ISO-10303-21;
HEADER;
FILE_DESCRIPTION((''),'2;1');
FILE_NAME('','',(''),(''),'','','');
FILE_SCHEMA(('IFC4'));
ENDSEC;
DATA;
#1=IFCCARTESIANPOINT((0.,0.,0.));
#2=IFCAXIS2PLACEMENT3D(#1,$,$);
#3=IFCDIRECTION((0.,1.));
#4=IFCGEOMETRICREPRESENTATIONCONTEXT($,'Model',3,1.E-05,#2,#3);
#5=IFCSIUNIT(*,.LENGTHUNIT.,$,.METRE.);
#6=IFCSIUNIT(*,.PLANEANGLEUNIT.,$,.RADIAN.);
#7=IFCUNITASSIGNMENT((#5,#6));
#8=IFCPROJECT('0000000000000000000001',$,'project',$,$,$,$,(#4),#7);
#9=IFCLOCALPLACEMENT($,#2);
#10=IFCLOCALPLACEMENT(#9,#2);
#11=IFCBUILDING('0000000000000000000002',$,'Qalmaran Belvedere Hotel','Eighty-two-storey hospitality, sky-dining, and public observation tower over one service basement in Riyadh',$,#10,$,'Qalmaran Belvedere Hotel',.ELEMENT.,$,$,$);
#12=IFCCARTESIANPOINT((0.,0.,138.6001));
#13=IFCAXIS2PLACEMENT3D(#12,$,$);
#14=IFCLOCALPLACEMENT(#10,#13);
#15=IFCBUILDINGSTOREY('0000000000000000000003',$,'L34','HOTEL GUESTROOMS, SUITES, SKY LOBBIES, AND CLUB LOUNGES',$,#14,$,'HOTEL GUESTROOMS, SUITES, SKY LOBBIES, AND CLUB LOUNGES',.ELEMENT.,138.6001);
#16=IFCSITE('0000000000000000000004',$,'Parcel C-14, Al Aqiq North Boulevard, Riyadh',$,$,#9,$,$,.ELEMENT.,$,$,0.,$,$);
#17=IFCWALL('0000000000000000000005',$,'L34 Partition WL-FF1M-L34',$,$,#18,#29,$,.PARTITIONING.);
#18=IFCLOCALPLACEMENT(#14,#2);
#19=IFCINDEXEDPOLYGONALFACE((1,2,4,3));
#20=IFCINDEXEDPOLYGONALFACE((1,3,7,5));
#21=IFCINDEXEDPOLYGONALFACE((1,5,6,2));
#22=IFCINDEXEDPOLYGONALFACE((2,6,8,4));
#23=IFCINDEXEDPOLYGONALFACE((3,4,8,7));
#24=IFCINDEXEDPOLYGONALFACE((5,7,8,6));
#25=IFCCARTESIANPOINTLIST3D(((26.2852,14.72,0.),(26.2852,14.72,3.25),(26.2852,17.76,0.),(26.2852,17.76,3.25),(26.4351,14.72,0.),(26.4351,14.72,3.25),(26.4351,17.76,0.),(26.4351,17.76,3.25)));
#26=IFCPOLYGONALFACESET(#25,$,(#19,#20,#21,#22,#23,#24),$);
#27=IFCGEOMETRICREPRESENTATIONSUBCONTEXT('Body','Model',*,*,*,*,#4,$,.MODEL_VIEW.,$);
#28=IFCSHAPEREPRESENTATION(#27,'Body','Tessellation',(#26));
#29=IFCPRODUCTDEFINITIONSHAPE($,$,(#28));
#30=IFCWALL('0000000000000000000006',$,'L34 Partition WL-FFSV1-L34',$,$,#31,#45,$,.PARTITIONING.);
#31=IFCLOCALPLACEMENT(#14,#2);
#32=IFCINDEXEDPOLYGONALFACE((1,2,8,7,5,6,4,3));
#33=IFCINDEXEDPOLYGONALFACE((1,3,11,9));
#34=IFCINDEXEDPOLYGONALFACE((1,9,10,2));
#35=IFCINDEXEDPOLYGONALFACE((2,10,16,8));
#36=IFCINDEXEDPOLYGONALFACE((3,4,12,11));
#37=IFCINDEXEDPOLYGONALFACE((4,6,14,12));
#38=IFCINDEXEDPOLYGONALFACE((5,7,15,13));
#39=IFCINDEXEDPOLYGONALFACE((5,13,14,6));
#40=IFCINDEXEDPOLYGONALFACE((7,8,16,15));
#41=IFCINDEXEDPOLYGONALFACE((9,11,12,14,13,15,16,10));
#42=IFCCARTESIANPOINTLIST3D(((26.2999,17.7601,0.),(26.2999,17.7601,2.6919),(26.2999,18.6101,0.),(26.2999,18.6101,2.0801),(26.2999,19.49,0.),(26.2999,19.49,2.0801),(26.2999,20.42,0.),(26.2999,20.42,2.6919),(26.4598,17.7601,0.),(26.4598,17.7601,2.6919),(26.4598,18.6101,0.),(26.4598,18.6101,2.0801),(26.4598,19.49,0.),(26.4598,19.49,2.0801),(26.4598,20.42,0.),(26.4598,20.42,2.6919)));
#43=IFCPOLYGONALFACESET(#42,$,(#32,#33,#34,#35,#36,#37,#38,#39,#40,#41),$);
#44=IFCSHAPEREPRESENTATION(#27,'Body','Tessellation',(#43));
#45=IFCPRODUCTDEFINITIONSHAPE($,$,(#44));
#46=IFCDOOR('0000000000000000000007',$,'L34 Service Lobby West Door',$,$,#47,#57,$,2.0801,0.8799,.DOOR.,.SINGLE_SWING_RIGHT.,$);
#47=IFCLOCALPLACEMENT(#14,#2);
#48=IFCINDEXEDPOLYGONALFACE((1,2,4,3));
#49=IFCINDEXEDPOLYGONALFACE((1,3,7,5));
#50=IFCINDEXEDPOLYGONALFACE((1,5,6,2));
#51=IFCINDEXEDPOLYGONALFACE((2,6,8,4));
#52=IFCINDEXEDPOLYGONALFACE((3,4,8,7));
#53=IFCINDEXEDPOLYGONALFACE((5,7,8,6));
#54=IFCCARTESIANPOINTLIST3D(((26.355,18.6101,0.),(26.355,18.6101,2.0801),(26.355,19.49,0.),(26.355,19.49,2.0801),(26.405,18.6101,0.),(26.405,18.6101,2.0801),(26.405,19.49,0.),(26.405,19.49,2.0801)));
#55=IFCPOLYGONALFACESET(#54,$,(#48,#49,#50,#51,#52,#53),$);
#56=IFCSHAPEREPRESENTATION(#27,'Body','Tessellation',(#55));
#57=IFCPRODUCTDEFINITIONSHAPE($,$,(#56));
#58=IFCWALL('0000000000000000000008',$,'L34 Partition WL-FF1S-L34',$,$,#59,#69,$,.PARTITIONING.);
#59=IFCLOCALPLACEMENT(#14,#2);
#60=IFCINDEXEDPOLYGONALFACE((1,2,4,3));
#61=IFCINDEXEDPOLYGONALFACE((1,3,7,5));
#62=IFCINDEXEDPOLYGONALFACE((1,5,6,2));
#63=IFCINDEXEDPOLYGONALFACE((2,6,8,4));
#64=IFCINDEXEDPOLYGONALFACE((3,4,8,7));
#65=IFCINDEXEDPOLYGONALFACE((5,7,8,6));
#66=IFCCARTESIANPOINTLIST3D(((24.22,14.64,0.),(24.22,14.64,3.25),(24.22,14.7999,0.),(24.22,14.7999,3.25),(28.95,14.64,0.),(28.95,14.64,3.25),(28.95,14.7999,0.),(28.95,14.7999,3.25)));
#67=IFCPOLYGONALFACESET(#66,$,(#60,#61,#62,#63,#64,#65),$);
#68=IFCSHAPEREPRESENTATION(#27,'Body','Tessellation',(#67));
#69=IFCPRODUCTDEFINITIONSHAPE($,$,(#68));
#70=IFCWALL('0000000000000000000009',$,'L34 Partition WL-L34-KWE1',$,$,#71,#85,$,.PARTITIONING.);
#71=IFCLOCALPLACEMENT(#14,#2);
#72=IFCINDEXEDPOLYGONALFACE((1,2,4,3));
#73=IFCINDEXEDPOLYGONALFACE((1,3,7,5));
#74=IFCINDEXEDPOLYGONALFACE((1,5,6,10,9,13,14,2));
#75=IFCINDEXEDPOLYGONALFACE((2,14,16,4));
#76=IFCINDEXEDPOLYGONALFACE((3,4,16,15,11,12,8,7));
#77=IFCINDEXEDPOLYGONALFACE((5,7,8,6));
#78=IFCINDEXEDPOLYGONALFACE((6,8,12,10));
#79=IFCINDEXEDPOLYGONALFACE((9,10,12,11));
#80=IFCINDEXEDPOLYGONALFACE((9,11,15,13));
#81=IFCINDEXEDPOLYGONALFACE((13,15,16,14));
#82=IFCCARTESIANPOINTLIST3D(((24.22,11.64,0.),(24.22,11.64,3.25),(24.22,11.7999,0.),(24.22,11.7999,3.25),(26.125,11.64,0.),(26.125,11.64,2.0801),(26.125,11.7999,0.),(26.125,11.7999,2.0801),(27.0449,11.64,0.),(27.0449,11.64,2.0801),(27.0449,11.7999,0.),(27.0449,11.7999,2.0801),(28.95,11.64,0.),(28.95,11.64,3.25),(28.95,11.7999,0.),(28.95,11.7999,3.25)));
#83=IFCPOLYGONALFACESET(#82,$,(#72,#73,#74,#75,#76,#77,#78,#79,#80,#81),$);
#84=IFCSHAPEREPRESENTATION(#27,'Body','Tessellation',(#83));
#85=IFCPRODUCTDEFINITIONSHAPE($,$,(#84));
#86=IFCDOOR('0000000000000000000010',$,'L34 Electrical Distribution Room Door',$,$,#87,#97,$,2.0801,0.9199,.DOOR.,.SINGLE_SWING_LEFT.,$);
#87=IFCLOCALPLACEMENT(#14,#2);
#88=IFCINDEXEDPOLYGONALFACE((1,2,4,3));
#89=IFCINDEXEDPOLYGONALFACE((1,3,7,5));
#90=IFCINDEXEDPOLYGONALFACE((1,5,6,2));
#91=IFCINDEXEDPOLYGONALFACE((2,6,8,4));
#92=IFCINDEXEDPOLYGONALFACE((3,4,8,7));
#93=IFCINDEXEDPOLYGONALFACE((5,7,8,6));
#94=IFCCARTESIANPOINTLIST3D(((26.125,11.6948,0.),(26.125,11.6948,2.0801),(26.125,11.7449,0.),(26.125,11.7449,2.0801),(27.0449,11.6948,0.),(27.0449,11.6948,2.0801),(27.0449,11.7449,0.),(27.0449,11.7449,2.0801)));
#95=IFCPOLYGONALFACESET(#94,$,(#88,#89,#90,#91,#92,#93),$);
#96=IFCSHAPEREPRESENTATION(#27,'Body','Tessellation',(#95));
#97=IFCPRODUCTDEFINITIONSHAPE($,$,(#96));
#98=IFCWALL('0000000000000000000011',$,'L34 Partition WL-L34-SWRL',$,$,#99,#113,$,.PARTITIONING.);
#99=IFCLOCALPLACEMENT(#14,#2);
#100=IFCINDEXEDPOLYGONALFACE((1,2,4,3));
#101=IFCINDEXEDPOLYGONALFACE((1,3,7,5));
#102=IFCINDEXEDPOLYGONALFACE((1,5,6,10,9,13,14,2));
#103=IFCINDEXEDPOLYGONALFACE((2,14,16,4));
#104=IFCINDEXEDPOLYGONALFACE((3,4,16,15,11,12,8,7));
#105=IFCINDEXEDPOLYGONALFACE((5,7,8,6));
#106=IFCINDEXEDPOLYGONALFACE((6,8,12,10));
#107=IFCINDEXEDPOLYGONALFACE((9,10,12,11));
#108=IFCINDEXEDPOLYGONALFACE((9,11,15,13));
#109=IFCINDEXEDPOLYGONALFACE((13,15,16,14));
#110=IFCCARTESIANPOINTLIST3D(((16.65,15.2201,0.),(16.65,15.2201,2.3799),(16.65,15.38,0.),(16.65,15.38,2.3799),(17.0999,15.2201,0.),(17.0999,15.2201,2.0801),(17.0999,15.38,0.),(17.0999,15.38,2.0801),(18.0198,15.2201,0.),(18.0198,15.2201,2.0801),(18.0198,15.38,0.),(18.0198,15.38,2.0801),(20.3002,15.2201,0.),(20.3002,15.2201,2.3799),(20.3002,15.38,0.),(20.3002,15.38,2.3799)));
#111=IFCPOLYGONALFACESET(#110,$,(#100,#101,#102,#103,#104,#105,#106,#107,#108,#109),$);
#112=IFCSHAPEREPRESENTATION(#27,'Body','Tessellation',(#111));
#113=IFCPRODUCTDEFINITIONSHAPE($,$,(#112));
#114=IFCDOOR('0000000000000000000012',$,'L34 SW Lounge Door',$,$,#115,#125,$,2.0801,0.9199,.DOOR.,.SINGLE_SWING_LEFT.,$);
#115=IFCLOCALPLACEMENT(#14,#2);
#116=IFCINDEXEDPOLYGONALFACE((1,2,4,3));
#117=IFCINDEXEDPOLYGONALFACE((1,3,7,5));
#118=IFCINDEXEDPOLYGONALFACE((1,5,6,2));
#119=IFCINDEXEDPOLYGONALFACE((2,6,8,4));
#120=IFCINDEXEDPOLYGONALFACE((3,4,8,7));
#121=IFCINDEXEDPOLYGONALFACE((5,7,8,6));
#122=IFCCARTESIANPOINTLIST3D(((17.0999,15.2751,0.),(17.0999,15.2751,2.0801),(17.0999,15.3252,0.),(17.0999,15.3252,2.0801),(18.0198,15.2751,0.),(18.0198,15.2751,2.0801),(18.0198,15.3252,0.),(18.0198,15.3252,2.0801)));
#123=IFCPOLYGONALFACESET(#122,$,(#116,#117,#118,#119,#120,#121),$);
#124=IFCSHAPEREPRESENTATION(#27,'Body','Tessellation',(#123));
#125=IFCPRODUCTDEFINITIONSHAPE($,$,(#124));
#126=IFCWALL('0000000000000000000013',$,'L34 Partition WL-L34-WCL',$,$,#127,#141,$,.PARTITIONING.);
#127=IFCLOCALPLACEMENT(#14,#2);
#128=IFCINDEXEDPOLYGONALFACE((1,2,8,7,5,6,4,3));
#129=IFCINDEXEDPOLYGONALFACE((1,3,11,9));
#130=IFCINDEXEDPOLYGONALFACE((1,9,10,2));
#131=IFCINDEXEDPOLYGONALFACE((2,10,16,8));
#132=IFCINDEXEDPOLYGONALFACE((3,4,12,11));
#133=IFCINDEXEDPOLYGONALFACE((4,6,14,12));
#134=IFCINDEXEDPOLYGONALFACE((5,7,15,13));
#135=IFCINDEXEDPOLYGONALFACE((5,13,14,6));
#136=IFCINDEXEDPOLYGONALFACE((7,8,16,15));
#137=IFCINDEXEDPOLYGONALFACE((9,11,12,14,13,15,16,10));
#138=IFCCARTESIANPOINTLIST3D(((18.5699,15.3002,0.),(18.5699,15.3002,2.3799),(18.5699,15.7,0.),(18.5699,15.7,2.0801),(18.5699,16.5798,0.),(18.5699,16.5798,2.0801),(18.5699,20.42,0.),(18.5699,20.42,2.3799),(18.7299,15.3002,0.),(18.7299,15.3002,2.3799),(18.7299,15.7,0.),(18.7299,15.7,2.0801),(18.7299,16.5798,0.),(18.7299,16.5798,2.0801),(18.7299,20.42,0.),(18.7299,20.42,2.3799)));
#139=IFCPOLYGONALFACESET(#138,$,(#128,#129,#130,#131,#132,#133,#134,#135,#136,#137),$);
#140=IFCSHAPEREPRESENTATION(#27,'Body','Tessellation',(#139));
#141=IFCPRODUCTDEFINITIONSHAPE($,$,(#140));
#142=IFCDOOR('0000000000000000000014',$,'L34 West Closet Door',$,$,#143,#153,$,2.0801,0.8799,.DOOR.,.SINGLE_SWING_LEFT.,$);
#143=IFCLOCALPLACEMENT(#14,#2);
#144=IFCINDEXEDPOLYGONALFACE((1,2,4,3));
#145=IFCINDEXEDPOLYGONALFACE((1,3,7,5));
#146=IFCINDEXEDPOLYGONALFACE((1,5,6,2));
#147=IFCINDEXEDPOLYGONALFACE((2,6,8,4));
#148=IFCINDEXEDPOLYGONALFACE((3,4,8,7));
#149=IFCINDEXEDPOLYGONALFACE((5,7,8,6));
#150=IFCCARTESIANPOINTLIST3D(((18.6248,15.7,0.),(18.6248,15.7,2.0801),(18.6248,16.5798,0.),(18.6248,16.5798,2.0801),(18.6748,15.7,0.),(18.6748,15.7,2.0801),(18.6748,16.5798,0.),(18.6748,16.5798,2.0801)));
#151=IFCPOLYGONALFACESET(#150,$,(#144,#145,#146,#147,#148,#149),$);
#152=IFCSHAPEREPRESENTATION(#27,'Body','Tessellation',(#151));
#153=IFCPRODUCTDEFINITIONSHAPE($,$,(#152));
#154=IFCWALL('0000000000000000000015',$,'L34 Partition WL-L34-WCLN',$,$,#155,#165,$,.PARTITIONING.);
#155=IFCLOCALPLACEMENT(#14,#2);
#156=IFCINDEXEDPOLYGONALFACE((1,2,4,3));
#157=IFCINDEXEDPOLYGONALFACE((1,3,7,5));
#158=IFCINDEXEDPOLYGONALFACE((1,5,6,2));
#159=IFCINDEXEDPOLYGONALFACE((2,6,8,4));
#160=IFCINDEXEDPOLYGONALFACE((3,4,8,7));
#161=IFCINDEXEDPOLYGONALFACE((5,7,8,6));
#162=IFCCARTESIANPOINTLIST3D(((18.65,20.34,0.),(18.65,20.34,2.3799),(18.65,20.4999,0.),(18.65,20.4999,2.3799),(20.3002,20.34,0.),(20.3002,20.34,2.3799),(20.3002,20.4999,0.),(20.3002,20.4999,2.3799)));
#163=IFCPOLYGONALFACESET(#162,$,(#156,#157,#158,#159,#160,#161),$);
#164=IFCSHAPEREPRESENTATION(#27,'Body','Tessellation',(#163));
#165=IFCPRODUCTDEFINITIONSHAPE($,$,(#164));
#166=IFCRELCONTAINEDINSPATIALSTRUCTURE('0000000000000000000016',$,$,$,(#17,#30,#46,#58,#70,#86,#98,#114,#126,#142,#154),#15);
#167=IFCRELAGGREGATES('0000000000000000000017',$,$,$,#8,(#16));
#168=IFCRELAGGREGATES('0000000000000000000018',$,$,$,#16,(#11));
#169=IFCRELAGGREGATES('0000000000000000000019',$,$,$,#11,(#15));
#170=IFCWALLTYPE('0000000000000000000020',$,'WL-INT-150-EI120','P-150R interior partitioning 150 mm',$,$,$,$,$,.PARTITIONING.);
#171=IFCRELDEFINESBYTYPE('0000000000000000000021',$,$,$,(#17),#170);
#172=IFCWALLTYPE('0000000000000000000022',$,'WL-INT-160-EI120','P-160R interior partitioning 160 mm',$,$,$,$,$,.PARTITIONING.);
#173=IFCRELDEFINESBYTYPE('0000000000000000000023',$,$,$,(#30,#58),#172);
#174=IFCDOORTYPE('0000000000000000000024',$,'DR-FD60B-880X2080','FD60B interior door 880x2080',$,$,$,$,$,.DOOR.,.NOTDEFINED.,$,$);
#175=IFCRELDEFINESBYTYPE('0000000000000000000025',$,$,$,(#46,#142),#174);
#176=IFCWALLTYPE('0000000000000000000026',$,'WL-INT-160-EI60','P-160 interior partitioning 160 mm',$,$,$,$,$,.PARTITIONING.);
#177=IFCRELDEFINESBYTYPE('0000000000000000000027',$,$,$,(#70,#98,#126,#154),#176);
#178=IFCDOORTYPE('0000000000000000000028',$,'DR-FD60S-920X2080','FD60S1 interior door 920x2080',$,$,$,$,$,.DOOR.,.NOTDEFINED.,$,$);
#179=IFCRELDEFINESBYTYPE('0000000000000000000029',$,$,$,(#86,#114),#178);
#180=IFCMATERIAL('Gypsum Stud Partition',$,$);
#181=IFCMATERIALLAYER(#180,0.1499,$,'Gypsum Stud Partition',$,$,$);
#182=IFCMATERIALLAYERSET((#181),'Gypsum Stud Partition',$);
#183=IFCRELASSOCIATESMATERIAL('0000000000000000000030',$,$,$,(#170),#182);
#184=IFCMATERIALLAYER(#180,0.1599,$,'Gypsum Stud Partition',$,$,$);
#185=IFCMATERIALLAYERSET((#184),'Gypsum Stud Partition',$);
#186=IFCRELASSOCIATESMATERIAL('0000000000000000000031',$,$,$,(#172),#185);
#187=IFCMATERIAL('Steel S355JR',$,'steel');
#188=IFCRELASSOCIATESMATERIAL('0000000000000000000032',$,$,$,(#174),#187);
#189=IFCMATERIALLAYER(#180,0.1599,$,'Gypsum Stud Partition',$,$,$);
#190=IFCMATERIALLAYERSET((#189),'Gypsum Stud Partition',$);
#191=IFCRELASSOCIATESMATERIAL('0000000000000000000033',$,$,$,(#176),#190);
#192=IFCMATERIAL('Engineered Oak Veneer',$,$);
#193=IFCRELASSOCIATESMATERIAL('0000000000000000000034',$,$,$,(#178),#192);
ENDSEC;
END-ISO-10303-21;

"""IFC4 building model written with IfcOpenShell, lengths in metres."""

from ifc_helpers import new_model, si_unit, direction, frame, frame_2d, origin, place, context, subcontext, project, spatial, rectangle, extrude, material, layer, layer_set, type_object, element, fill, save


model = new_model("IFC4")

# Units and contexts
model_context = context("Model", 3, precision=1e-05, world=origin(), true_north=direction((0.0, 1.0)))
body_context = subcontext(model_context, "Body", "Model", "MODEL_VIEW")
ifc_project = project(units=[si_unit("LENGTHUNIT", "METRE"), si_unit("PLANEANGLEUNIT", "RADIAN")], contexts=[model_context])

# Site, building, storey
site_placement = place(None, origin())
site = spatial("IfcSite", under=ifc_project, at=site_placement, Name="Parcel C-14, Al Aqiq North Boulevard, Riyadh", CompositionType="ELEMENT", RefElevation=0.0)
building_placement = place(site_placement, origin())
building = spatial("IfcBuilding", under=site, at=building_placement, Name="Qalmaran Belvedere Hotel", Description="Eighty-two-storey hospitality, sky-dining, and public observation tower over one service basement in Riyadh", LongName="Qalmaran Belvedere Hotel", CompositionType="ELEMENT")
storey_placement = place(building_placement, frame((0.0, 0.0, 138.6001)))
storey = spatial("IfcBuildingStorey", under=building, at=storey_placement, Name="L34", Description="HOTEL GUESTROOMS, SUITES, SKY LOBBIES, AND CLUB LOUNGES", LongName="HOTEL GUESTROOMS, SUITES, SKY LOBBIES, AND CLUB LOUNGES", CompositionType="ELEMENT", Elevation=138.6001)

# Wall
ifc_material_1 = material(Name="Gypsum Stud Partition")
ifc_layer_1 = layer(ifc_material_1, 0.1499, Name="Gypsum Stud Partition")
ifc_layer_set_1 = layer_set([ifc_layer_1], Name="Gypsum Stud Partition")
wall_type_1 = type_object("IfcWallType", Name="WL-INT-150-EI120", Description="P-150R interior partitioning 150 mm", PredefinedType="PARTITIONING", material=ifc_layer_set_1)
wall_1_placement = place(storey_placement, frame((26.3601, 14.72, 0.0), z_axis=(0.0, 0.0, 1.0), x_axis=(0.0, 1.0, 0.0)))
element("IfcWall", 1, at=wall_1_placement, inside=storey, type_object=wall_type_1, Name="L34 Partition WL-FF1M-L34", PredefinedType="PARTITIONING", context=body_context, shape_type="SweptSolid", body=[
    extrude(rectangle(XDim=3.04, YDim=0.1499, at=frame_2d((1.52, 0.0))), origin(), (0.0, 0.0, 1.0), 3.25),
])

# Wall, opening, door
ifc_layer_2 = layer(ifc_material_1, 0.1599, Name="Gypsum Stud Partition")
ifc_layer_set_2 = layer_set([ifc_layer_2], Name="Gypsum Stud Partition")
wall_type_2 = type_object("IfcWallType", Name="WL-INT-160-EI120", Description="P-160R interior partitioning 160 mm", PredefinedType="PARTITIONING", material=ifc_layer_set_2)
wall_2_placement = place(storey_placement, frame((26.3799, 17.76, 0.0), z_axis=(0.0, 0.0, 1.0), x_axis=(0.0, 1.0, 0.0)))
wall_2 = element("IfcWall", 2, at=wall_2_placement, inside=storey, type_object=wall_type_2, Name="L34 Partition WL-FFSV1-L34", PredefinedType="PARTITIONING", context=body_context, shape_type="SweptSolid", body=[
    extrude(rectangle(XDim=2.6599, YDim=0.1599, at=frame_2d((1.3301, 0.0))), origin(), (0.0, 0.0, 1.0), 2.6919),
])
opening_1_placement = place(wall_2_placement, frame((0.8501, 0.0, 0.0)))
opening_1 = element("IfcOpeningElement", 3, at=opening_1_placement, cuts=wall_2, PredefinedType="OPENING", context=body_context, shape_type="SweptSolid", body=[
    extrude(rectangle(XDim=0.8799, YDim=2.0801, at=frame_2d((0.4399, 1.04))), frame((0.0, 0.0898, 0.0), z_axis=(0.0, -1.0, 0.0), x_axis=(1.0, 0.0, 0.0)), (0.0, 0.0, 1.0), 0.1799),
])
ifc_material_2 = material(Name="Steel S355JR", Category="steel")
door_type_1 = type_object("IfcDoorType", Name="DR-FD60B-880X2080", Description="FD60B interior door 880x2080", OperationType="NOTDEFINED", PredefinedType="DOOR", material=ifc_material_2)
door_1_placement = place(opening_1_placement, origin())
door_1 = element("IfcDoor", 4, at=door_1_placement, inside=storey, type_object=door_type_1, Name="L34 Service Lobby West Door", OperationType="SINGLE_SWING_RIGHT", OverallHeight=2.0801, OverallWidth=0.8799, PredefinedType="DOOR", context=body_context, shape_type="SweptSolid", body=[
    extrude(rectangle(XDim=0.8799, YDim=2.0801, at=frame_2d((0.4399, 1.04))), frame((0.0, 0.0249, 0.0), z_axis=(0.0, -1.0, 0.0), x_axis=(1.0, 0.0, 0.0)), (0.0, 0.0, 1.0), 0.05),
])
fill(opening_1, door_1)

# Wall
wall_3_placement = place(storey_placement, frame((24.22, 14.72, 0.0), z_axis=(0.0, 0.0, 1.0), x_axis=(1.0, 0.0, 0.0)))
element("IfcWall", 5, at=wall_3_placement, inside=storey, type_object=wall_type_2, Name="L34 Partition WL-FF1S-L34", PredefinedType="PARTITIONING", context=body_context, shape_type="SweptSolid", body=[
    extrude(rectangle(XDim=4.73, YDim=0.1599, at=frame_2d((2.365, 0.0))), origin(), (0.0, 0.0, 1.0), 3.25),
])

# Walls, openings, doors
ifc_layer_3 = layer(ifc_material_1, 0.1599, Name="Gypsum Stud Partition")
ifc_layer_set_3 = layer_set([ifc_layer_3], Name="Gypsum Stud Partition")
wall_type_3 = type_object("IfcWallType", Name="WL-INT-160-EI60", Description="P-160 interior partitioning 160 mm", PredefinedType="PARTITIONING", material=ifc_layer_set_3)
wall_4_placement = place(storey_placement, frame((24.22, 11.72, 0.0), z_axis=(0.0, 0.0, 1.0), x_axis=(1.0, 0.0, 0.0)))
wall_4 = element("IfcWall", 6, at=wall_4_placement, inside=storey, type_object=wall_type_3, Name="L34 Partition WL-L34-KWE1", PredefinedType="PARTITIONING", context=body_context, shape_type="SweptSolid", body=[
    extrude(rectangle(XDim=4.73, YDim=0.1599, at=frame_2d((2.365, 0.0))), origin(), (0.0, 0.0, 1.0), 3.25),
])
opening_2_placement = place(wall_4_placement, frame((1.905, 0.0, 0.0)))
opening_2 = element("IfcOpeningElement", 7, at=opening_2_placement, cuts=wall_4, PredefinedType="OPENING", context=body_context, shape_type="SweptSolid", body=[
    extrude(rectangle(XDim=0.9199, YDim=2.0801, at=frame_2d((0.46, 1.04))), frame((0.0, 0.0898, 0.0), z_axis=(0.0, -1.0, 0.0), x_axis=(1.0, 0.0, 0.0)), (0.0, 0.0, 1.0), 0.1799),
])
ifc_material_3 = material(Name="Engineered Oak Veneer")
door_type_2 = type_object("IfcDoorType", Name="DR-FD60S-920X2080", Description="FD60S1 interior door 920x2080", OperationType="NOTDEFINED", PredefinedType="DOOR", material=ifc_material_3)
door_2_placement = place(opening_2_placement, origin())
door_2 = element("IfcDoor", 8, at=door_2_placement, inside=storey, type_object=door_type_2, Name="L34 Electrical Distribution Room Door", OperationType="SINGLE_SWING_LEFT", OverallHeight=2.0801, OverallWidth=0.9199, PredefinedType="DOOR", context=body_context, shape_type="SweptSolid", body=[
    extrude(rectangle(XDim=0.9199, YDim=2.0801, at=frame_2d((0.46, 1.04))), frame((0.0, 0.0249, 0.0), z_axis=(0.0, -1.0, 0.0), x_axis=(1.0, 0.0, 0.0)), (0.0, 0.0, 1.0), 0.05),
])
fill(opening_2, door_2)
wall_5_placement = place(storey_placement, frame((16.6499, 15.3, 0.0), z_axis=(0.0, 0.0, 1.0), x_axis=(1.0, 0.0, 0.0)))
wall_5 = element("IfcWall", 9, at=wall_5_placement, inside=storey, type_object=wall_type_3, Name="L34 Partition WL-L34-SWRL", PredefinedType="PARTITIONING", context=body_context, shape_type="SweptSolid", body=[
    extrude(rectangle(XDim=3.6501, YDim=0.1599, at=frame_2d((1.8252, 0.0))), origin(), (0.0, 0.0, 1.0), 2.3799),
])
opening_3_placement = place(wall_5_placement, frame((1.3699, 0.0, 0.0), z_axis=(0.0, 0.0, 1.0), x_axis=(-1.0, 0.0, 0.0)))
opening_3 = element("IfcOpeningElement", 10, at=opening_3_placement, cuts=wall_5, PredefinedType="OPENING", context=body_context, shape_type="SweptSolid", body=[
    extrude(rectangle(XDim=0.9199, YDim=2.0801, at=frame_2d((0.46, 1.04))), frame((0.0, 0.0898, 0.0), z_axis=(0.0, -1.0, 0.0), x_axis=(1.0, 0.0, 0.0)), (0.0, 0.0, 1.0), 0.1799),
])
door_3_placement = place(opening_3_placement, origin())
door_3 = element("IfcDoor", 11, at=door_3_placement, inside=storey, type_object=door_type_2, Name="L34 SW Lounge Door", OperationType="SINGLE_SWING_LEFT", OverallHeight=2.0801, OverallWidth=0.9199, PredefinedType="DOOR", context=body_context, shape_type="SweptSolid", body=[
    extrude(rectangle(XDim=0.9199, YDim=2.0801, at=frame_2d((0.46, 1.04))), frame((0.0, 0.0249, 0.0), z_axis=(0.0, -1.0, 0.0), x_axis=(1.0, 0.0, 0.0)), (0.0, 0.0, 1.0), 0.05),
])
fill(opening_3, door_3)
wall_6_placement = place(storey_placement, frame((18.6499, 15.3, 0.0), z_axis=(0.0, 0.0, 1.0), x_axis=(0.0, 1.0, 0.0)))
wall_6 = element("IfcWall", 12, at=wall_6_placement, inside=storey, type_object=wall_type_3, Name="L34 Partition WL-L34-WCL", PredefinedType="PARTITIONING", context=body_context, shape_type="SweptSolid", body=[
    extrude(rectangle(XDim=5.1199, YDim=0.1599, at=frame_2d((2.5601, 0.0))), origin(), (0.0, 0.0, 1.0), 2.3799),
])
opening_4_placement = place(wall_6_placement, frame((1.2798, 0.0, 0.0), z_axis=(0.0, 0.0, 1.0), x_axis=(-1.0, 0.0, 0.0)))
opening_4 = element("IfcOpeningElement", 13, at=opening_4_placement, cuts=wall_6, PredefinedType="OPENING", context=body_context, shape_type="SweptSolid", body=[
    extrude(rectangle(XDim=0.8799, YDim=2.0801, at=frame_2d((0.4399, 1.04))), frame((0.0, 0.0898, 0.0), z_axis=(0.0, -1.0, 0.0), x_axis=(1.0, 0.0, 0.0)), (0.0, 0.0, 1.0), 0.1799),
])
door_4_placement = place(opening_4_placement, origin())
door_4 = element("IfcDoor", 14, at=door_4_placement, inside=storey, type_object=door_type_1, Name="L34 West Closet Door", OperationType="SINGLE_SWING_LEFT", OverallHeight=2.0801, OverallWidth=0.8799, PredefinedType="DOOR", context=body_context, shape_type="SweptSolid", body=[
    extrude(rectangle(XDim=0.8799, YDim=2.0801, at=frame_2d((0.4399, 1.04))), frame((0.0, 0.0249, 0.0), z_axis=(0.0, -1.0, 0.0), x_axis=(1.0, 0.0, 0.0)), (0.0, 0.0, 1.0), 0.05),
])
fill(opening_4, door_4)

# Wall
wall_7_placement = place(storey_placement, frame((18.6499, 20.4199, 0.0), z_axis=(0.0, 0.0, 1.0), x_axis=(1.0, 0.0, 0.0)))
element("IfcWall", 15, at=wall_7_placement, inside=storey, type_object=wall_type_3, Name="L34 Partition WL-L34-WCLN", PredefinedType="PARTITIONING", context=body_context, shape_type="SweptSolid", body=[
    extrude(rectangle(XDim=1.6501, YDim=0.1599, at=frame_2d((0.8252, 0.0))), origin(), (0.0, 0.0, 1.0), 2.3799),
])

save(model, "model.ifc")
